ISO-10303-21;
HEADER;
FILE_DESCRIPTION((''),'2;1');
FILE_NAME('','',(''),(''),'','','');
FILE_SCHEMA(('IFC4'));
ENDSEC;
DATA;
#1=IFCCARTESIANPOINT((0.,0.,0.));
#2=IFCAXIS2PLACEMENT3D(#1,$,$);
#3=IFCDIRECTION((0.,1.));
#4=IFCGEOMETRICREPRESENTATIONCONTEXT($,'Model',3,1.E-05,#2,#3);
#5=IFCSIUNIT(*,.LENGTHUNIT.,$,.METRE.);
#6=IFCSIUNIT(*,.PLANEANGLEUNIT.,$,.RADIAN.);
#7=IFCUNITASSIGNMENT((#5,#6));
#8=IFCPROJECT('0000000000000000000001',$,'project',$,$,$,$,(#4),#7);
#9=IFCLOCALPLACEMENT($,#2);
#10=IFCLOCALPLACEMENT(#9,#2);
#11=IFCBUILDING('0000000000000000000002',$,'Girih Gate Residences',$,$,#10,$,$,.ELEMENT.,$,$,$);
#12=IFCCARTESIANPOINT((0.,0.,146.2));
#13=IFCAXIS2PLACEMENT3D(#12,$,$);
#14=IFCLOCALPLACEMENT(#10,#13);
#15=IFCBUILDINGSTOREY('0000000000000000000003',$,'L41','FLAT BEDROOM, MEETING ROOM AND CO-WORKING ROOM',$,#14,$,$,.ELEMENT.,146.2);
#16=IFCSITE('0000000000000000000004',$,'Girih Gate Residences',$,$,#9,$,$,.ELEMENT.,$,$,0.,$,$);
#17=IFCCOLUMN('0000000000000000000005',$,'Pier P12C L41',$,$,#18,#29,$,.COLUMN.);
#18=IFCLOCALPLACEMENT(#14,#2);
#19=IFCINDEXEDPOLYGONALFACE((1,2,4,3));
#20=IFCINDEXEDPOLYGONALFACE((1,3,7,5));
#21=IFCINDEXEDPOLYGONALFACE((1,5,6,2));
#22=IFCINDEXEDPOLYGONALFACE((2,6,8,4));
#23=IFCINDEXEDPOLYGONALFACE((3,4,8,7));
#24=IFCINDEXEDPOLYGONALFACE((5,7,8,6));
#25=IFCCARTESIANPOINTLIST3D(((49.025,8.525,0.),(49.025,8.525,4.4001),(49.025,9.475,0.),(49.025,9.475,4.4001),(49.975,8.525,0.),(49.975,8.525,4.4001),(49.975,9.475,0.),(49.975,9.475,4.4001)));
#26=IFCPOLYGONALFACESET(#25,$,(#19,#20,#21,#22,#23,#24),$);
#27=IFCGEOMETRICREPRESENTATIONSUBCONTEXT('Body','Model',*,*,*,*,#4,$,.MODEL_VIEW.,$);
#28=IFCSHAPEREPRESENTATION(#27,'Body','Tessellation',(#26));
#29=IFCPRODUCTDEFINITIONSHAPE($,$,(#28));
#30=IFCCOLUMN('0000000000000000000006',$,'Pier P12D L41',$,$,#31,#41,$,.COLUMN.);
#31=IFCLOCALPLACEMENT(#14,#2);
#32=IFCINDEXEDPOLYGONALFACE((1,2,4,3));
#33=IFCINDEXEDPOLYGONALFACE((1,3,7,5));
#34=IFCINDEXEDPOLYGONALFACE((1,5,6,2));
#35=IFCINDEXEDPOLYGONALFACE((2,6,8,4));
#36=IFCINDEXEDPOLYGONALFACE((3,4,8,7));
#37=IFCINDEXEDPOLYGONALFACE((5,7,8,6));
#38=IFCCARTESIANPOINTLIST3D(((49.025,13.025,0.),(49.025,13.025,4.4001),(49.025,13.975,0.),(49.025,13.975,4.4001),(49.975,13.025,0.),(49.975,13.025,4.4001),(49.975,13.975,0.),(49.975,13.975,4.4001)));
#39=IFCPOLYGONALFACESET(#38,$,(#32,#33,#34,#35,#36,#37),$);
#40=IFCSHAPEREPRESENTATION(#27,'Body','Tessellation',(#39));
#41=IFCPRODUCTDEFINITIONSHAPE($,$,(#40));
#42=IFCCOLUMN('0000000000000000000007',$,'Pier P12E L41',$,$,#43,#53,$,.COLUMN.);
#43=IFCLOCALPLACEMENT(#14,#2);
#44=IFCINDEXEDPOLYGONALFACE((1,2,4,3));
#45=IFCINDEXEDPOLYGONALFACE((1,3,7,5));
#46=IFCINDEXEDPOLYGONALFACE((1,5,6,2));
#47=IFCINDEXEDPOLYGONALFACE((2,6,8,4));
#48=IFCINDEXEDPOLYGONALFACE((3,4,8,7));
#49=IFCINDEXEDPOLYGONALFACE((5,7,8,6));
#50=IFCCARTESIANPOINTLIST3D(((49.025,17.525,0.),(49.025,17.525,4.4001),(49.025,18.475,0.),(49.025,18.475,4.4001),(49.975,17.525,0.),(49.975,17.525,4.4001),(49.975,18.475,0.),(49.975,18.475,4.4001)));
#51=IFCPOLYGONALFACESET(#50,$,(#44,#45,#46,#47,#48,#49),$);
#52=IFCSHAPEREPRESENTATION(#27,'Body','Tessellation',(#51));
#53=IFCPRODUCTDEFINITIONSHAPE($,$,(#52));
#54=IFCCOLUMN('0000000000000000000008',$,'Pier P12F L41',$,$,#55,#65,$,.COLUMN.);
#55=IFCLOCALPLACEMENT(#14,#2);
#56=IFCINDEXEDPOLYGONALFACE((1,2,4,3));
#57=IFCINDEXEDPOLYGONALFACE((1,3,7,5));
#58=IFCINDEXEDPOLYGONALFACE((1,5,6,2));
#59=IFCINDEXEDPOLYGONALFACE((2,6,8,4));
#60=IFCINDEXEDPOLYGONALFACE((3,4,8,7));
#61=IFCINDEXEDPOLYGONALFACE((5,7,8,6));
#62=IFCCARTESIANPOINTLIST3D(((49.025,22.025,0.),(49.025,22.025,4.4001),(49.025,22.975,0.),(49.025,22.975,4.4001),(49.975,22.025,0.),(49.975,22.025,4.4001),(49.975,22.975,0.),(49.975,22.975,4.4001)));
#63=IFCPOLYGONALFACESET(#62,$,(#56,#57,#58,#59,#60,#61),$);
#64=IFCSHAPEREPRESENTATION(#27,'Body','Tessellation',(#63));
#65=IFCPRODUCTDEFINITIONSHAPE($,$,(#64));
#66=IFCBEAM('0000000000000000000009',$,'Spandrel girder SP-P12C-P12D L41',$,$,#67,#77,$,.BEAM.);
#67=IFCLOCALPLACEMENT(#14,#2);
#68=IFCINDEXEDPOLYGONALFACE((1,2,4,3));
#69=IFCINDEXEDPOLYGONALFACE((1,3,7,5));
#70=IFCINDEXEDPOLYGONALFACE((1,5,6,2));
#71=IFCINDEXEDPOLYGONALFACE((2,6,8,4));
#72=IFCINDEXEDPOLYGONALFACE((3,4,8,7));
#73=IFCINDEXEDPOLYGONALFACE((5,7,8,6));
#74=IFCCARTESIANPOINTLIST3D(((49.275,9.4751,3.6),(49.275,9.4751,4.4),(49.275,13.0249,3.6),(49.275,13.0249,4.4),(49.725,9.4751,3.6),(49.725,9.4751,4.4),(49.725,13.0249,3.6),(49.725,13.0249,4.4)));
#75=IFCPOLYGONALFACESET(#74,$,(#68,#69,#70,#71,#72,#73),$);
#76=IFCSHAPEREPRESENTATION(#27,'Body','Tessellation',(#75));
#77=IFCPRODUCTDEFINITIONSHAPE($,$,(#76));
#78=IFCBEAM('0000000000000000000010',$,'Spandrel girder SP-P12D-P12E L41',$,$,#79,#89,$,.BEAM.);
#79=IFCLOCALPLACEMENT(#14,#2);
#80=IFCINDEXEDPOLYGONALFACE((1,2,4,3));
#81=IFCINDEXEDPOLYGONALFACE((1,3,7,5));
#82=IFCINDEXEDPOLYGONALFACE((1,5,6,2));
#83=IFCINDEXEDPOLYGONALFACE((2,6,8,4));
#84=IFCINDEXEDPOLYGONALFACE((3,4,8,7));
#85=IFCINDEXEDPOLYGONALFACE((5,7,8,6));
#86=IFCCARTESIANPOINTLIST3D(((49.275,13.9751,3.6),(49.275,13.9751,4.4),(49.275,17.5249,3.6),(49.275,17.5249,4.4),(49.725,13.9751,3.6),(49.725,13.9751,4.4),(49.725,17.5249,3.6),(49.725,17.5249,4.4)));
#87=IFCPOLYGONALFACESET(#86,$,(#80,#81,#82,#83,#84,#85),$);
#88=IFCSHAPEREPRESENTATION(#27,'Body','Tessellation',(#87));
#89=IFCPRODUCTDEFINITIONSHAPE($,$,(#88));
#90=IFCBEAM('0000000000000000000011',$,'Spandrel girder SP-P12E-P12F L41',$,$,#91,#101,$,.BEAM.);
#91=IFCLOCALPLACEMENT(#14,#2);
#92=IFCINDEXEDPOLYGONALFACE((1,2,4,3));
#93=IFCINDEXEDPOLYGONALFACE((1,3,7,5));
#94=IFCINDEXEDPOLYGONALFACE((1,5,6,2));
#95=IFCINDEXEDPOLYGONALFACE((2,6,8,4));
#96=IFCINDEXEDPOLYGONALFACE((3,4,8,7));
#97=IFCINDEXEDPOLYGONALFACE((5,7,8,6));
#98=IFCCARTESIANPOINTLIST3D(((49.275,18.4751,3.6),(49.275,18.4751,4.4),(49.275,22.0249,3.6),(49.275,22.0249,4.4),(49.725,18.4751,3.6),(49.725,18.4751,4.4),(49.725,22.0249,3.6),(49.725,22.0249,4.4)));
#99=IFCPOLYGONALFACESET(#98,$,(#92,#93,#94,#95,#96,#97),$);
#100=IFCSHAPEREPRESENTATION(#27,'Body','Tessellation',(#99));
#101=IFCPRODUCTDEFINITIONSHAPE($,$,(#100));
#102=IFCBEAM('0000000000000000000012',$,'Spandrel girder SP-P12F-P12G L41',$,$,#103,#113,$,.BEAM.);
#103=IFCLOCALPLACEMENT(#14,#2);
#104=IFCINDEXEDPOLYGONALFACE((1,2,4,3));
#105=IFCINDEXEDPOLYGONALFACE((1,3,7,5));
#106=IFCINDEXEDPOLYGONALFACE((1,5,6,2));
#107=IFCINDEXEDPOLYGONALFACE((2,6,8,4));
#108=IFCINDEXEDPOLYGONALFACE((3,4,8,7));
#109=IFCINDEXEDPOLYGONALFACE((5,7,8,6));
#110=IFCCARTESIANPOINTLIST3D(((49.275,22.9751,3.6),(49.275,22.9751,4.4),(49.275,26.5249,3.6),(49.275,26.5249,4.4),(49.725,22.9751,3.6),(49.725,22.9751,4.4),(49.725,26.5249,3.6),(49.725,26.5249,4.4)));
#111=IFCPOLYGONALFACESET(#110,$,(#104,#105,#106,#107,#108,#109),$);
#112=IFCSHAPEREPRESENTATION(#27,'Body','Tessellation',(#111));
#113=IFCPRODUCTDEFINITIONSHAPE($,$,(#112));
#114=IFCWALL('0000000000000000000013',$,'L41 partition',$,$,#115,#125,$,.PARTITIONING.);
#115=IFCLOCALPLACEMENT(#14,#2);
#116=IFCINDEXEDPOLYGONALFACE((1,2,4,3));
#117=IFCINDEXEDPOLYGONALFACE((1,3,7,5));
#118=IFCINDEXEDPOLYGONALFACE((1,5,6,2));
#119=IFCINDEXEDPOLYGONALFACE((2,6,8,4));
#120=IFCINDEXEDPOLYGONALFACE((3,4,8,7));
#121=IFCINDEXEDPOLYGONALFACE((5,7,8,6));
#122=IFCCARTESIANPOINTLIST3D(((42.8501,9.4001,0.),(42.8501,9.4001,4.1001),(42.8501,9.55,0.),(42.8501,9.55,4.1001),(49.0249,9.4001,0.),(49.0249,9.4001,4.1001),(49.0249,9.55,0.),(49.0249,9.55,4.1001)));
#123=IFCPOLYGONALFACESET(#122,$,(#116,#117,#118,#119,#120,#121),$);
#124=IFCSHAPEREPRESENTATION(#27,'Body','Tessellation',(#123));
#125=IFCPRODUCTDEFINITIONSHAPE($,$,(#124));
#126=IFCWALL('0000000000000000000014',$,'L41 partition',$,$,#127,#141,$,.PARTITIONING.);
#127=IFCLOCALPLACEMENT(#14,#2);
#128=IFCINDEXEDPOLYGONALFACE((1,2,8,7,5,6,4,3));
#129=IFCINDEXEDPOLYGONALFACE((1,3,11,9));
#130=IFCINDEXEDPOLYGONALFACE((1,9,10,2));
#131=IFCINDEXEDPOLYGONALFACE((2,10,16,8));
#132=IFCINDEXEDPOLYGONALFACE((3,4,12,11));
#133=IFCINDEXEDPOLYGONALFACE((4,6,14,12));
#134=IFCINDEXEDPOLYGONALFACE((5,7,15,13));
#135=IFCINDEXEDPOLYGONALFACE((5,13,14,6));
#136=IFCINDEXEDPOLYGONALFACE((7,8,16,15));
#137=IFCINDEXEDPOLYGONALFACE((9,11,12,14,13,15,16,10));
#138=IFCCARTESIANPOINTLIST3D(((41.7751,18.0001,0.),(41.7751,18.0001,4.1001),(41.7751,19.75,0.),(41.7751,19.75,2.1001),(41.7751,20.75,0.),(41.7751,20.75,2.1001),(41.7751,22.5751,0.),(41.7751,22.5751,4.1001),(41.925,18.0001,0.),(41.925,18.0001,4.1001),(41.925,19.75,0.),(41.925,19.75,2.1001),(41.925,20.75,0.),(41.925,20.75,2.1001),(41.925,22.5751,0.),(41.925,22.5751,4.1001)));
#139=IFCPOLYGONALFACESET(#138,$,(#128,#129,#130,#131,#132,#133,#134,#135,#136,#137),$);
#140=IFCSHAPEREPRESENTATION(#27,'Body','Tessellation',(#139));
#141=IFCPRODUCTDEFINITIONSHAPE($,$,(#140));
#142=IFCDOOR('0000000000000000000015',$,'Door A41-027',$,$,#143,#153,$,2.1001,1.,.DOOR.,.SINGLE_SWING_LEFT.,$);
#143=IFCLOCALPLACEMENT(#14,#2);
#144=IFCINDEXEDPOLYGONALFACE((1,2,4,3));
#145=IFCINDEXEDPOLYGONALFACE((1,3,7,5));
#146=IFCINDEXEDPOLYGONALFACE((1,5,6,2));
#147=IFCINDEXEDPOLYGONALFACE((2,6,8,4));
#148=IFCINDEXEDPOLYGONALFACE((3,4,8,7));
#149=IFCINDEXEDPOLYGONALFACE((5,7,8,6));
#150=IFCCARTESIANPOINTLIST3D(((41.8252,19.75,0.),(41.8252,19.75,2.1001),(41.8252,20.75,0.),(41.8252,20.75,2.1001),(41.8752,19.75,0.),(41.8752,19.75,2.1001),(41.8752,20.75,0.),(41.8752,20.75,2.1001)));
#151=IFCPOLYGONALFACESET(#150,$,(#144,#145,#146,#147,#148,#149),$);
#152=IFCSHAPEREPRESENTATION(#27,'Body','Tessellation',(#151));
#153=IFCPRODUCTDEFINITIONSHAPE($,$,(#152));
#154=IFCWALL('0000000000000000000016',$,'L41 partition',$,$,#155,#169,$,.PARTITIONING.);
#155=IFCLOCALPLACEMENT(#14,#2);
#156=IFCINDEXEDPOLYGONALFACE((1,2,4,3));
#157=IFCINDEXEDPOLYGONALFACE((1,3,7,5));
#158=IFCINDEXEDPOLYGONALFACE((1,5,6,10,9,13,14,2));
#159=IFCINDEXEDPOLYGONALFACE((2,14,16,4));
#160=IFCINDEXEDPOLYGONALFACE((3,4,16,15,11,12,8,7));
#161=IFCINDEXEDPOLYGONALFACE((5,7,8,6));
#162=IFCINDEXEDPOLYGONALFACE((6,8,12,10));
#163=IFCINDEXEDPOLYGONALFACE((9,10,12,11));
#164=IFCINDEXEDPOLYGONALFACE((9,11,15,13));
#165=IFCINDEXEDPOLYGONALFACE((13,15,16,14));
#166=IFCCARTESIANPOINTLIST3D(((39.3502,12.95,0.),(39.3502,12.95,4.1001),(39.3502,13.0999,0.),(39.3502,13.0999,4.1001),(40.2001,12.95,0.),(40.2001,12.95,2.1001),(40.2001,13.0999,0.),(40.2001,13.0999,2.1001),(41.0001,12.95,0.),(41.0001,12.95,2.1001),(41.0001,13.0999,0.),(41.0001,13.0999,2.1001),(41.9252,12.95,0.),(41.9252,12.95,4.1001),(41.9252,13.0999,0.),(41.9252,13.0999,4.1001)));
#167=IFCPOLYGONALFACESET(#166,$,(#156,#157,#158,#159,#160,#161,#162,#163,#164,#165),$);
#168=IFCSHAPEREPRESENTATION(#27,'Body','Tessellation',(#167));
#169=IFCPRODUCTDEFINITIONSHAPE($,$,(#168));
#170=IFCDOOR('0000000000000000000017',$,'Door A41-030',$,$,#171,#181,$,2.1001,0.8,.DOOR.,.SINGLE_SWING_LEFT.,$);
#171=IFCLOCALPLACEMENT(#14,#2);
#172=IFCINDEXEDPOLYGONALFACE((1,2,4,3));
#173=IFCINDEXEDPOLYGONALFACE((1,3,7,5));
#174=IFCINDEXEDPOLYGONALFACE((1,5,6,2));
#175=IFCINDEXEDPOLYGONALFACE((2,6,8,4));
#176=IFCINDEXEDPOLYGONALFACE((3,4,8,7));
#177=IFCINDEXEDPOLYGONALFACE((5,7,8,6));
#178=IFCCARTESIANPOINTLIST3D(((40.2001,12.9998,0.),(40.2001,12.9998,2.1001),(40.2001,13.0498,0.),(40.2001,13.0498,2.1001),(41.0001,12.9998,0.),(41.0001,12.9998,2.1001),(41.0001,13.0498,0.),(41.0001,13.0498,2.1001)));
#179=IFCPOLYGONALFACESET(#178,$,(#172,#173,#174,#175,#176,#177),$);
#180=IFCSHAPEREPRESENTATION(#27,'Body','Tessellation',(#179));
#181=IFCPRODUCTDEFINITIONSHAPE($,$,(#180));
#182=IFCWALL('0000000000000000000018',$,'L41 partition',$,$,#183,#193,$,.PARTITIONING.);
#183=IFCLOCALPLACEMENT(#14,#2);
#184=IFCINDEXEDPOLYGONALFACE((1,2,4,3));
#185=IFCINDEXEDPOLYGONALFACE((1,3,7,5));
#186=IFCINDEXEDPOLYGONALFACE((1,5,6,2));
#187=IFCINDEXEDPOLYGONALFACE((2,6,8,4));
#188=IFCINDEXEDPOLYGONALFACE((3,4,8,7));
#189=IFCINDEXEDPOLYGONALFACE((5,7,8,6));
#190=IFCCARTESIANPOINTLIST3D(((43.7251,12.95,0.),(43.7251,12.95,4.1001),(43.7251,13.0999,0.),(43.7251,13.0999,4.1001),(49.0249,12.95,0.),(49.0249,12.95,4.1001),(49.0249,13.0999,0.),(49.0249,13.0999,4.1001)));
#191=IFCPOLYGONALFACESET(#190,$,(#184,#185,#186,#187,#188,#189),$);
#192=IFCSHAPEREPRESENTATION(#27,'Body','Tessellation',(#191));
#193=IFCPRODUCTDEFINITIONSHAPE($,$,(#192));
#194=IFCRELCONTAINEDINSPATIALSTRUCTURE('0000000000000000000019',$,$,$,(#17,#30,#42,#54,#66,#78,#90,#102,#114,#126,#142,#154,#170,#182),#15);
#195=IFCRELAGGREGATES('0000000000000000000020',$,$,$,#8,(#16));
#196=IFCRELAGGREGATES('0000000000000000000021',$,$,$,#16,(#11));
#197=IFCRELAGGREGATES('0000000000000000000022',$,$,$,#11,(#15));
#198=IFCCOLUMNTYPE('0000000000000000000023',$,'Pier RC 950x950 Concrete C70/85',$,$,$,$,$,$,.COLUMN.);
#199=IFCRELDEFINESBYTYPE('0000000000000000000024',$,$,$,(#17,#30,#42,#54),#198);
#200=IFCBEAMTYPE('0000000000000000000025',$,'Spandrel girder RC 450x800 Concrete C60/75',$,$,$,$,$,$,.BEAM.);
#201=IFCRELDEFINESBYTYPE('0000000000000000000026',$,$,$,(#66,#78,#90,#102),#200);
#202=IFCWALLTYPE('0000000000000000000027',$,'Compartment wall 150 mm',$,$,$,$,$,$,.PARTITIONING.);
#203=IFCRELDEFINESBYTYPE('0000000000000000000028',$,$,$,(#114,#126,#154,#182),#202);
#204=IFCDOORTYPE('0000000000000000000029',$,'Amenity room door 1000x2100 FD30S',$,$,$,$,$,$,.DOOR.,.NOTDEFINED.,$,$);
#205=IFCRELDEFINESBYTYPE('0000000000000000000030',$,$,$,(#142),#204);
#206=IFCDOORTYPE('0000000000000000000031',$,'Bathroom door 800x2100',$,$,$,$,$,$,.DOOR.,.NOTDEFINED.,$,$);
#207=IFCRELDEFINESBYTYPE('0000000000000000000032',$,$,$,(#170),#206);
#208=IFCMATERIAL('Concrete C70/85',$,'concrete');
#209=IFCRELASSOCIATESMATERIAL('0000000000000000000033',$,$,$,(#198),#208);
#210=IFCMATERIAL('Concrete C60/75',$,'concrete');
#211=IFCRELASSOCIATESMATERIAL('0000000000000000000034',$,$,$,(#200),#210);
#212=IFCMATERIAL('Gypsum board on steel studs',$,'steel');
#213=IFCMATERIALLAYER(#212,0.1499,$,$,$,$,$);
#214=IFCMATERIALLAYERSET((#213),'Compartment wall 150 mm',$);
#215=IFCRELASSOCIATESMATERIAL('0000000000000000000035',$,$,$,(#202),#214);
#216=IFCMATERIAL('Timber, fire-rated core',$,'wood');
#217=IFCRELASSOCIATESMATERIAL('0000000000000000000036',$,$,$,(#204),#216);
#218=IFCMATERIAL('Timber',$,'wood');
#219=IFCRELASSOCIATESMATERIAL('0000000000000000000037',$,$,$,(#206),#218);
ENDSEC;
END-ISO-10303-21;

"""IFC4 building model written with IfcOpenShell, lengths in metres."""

from ifc_helpers import new_model, si_unit, direction, frame, frame_2d, origin, origin_2d, place, context, subcontext, project, spatial, rectangle, extrude, material, layer, layer_set, material_profile, profile_set, type_object, element, fill, save


model = new_model("IFC4")

# Units and contexts
model_context = context("Model", 3, precision=1e-05, world=origin(), true_north=direction((0.0, 1.0)))
body_context = subcontext(model_context, "Body", "Model", "MODEL_VIEW")
ifc_project = project(units=[si_unit("LENGTHUNIT", "METRE"), si_unit("PLANEANGLEUNIT", "RADIAN")], contexts=[model_context])

# Site, building, storey
site_placement = place(None, origin())
site = spatial("IfcSite", under=ifc_project, at=site_placement, Name="Girih Gate Residences", CompositionType="ELEMENT", RefElevation=0.0)
building_placement = place(site_placement, origin())
building = spatial("IfcBuilding", under=site, at=building_placement, Name="Girih Gate Residences", CompositionType="ELEMENT")
storey_placement = place(building_placement, frame((0.0, 0.0, 146.2)))
storey = spatial("IfcBuildingStorey", under=building, at=storey_placement, Name="L41", Description="FLAT BEDROOM, MEETING ROOM AND CO-WORKING ROOM", CompositionType="ELEMENT", Elevation=146.2)

# Columns
ifc_material_1 = material(Name="Concrete C70/85", Category="concrete")
ifc_material_profile_1 = material_profile(ifc_material_1, rectangle(XDim=0.95, YDim=0.95, at=origin_2d()))
ifc_profile_set_1 = profile_set([ifc_material_profile_1], Name="Concrete C70/85")
column_type = type_object("IfcColumnType", Name="Pier RC 950x950 Concrete C70/85", PredefinedType="COLUMN", material=ifc_profile_set_1)
for number, where, z_axis, x_axis, name in (
    (1, (49.5, 9.0, 0.0), (0.0, 0.0, 1.0), (1.0, 0.0, 0.0), "Pier P12C L41"),
    (2, (49.5, 13.5, 0.0), (0.0, 0.0, 1.0), (1.0, 0.0, 0.0), "Pier P12D L41"),
    (3, (49.5, 18.0, 0.0), (0.0, 0.0, 1.0), (1.0, 0.0, 0.0), "Pier P12E L41"),
    (4, (49.5, 22.5, 0.0), (0.0, 0.0, 1.0), (1.0, 0.0, 0.0), "Pier P12F L41"),
):
    element("IfcColumn", number, at=place(storey_placement, frame(where, z_axis=z_axis, x_axis=x_axis)), inside=storey, type_object=column_type, Name=name, PredefinedType="COLUMN", context=body_context, shape_type="SweptSolid", body=[
        extrude(rectangle(XDim=0.95, YDim=0.95, at=origin_2d()), origin(), (0.0, 0.0, 1.0), 4.4001),
    ])

# Beams
ifc_material_2 = material(Name="Concrete C60/75", Category="concrete")
ifc_material_profile_2 = material_profile(ifc_material_2, rectangle(XDim=0.45, YDim=0.8, at=origin_2d()))
ifc_profile_set_2 = profile_set([ifc_material_profile_2], Name="Concrete C60/75")
beam_type = type_object("IfcBeamType", Name="Spandrel girder RC 450x800 Concrete C60/75", PredefinedType="BEAM", material=ifc_profile_set_2)
for number, where, z_axis, x_axis, name in (
    (5, (49.5, 9.4751, 4.0), (0.0, 1.0, 0.0), (-1.0, 0.0, 0.0), "Spandrel girder SP-P12C-P12D L41"),
    (6, (49.5, 13.9751, 4.0), (0.0, 1.0, 0.0), (-1.0, 0.0, 0.0), "Spandrel girder SP-P12D-P12E L41"),
    (7, (49.5, 18.4751, 4.0), (0.0, 1.0, 0.0), (-1.0, 0.0, 0.0), "Spandrel girder SP-P12E-P12F L41"),
    (8, (49.5, 22.9751, 4.0), (0.0, 1.0, 0.0), (-1.0, 0.0, 0.0), "Spandrel girder SP-P12F-P12G L41"),
):
    element("IfcBeam", number, at=place(storey_placement, frame(where, z_axis=z_axis, x_axis=x_axis)), inside=storey, type_object=beam_type, Name=name, PredefinedType="BEAM", context=body_context, shape_type="SweptSolid", body=[
        extrude(rectangle(XDim=0.45, YDim=0.8, at=origin_2d()), origin(), (0.0, 0.0, 1.0), 3.5498),
    ])

# Wall
ifc_material_3 = material(Name="Gypsum board on steel studs", Category="steel")
ifc_layer_1 = layer(ifc_material_3, 0.1499)
ifc_layer_set_1 = layer_set([ifc_layer_1], Name="Compartment wall 150 mm")
wall_type_1 = type_object("IfcWallType", Name="Compartment wall 150 mm", PredefinedType="PARTITIONING", material=ifc_layer_set_1)
wall_1_placement = place(storey_placement, frame((42.8501, 9.4751, 0.0), z_axis=(0.0, 0.0, 1.0), x_axis=(1.0, 0.0, 0.0)))
element("IfcWall", 9, at=wall_1_placement, inside=storey, type_object=wall_type_1, Name="L41 partition", PredefinedType="PARTITIONING", context=body_context, shape_type="SweptSolid", body=[
    extrude(rectangle(XDim=6.1748, YDim=0.1499, at=frame_2d((3.0874, 0.0))), origin(), (0.0, 0.0, 1.0), 4.1001),
])

# Walls, openings, doors
ifc_material_4 = material(Name="Timber, fire-rated core", Category="wood")
wall_2_placement = place(storey_placement, frame((41.8501, 18.0, 0.0), z_axis=(0.0, 0.0, 1.0), x_axis=(0.0, 1.0, 0.0)))
wall_2 = element("IfcWall", 10, at=wall_2_placement, inside=storey, type_object=wall_type_1, Name="L41 partition", PredefinedType="PARTITIONING", context=body_context, shape_type="SweptSolid", body=[
    extrude(rectangle(XDim=4.575, YDim=0.1499, at=frame_2d((2.2876, 0.0))), origin(), (0.0, 0.0, 1.0), 4.1001),
])
opening_1_placement = place(wall_2_placement, frame((1.75, 0.0, 0.0)))
opening_1 = element("IfcOpeningElement", 11, at=opening_1_placement, cuts=wall_2, PredefinedType="OPENING", context=body_context, shape_type="SweptSolid", body=[
    extrude(rectangle(XDim=1.0, YDim=2.1001, at=frame_2d((0.5, 1.05))), frame((0.0, 0.085, 0.0), z_axis=(0.0, -1.0, 0.0), x_axis=(1.0, 0.0, 0.0)), (0.0, 0.0, 1.0), 0.1699),
])
door_type_1 = type_object("IfcDoorType", Name="Amenity room door 1000x2100 FD30S", OperationType="NOTDEFINED", PredefinedType="DOOR", material=ifc_material_4)
door_1_placement = place(opening_1_placement, origin())
door_1 = element("IfcDoor", 12, at=door_1_placement, inside=storey, type_object=door_type_1, Name="Door A41-027", OperationType="SINGLE_SWING_LEFT", OverallHeight=2.1001, OverallWidth=1.0, PredefinedType="DOOR", context=body_context, shape_type="SweptSolid", body=[
    extrude(rectangle(XDim=1.0, YDim=2.1001, at=frame_2d((0.5, 1.05))), frame((0.0, 0.0249, 0.0), z_axis=(0.0, -1.0, 0.0), x_axis=(1.0, 0.0, 0.0)), (0.0, 0.0, 1.0), 0.05),
])
fill(opening_1, door_1)
wall_3_placement = place(storey_placement, frame((39.3501, 13.0249, 0.0), z_axis=(0.0, 0.0, 1.0), x_axis=(1.0, 0.0, 0.0)))
wall_3 = element("IfcWall", 13, at=wall_3_placement, inside=storey, type_object=wall_type_1, Name="L41 partition", PredefinedType="PARTITIONING", context=body_context, shape_type="SweptSolid", body=[
    extrude(rectangle(XDim=2.575, YDim=0.1499, at=frame_2d((1.2876, 0.0))), origin(), (0.0, 0.0, 1.0), 4.1001),
])
opening_2_placement = place(wall_3_placement, frame((0.8501, 0.0, 0.0)))
opening_2 = element("IfcOpeningElement", 14, at=opening_2_placement, cuts=wall_3, PredefinedType="OPENING", context=body_context, shape_type="SweptSolid", body=[
    extrude(rectangle(XDim=0.8, YDim=2.1001, at=frame_2d((0.3999, 1.05))), frame((0.0, 0.085, 0.0), z_axis=(0.0, -1.0, 0.0), x_axis=(1.0, 0.0, 0.0)), (0.0, 0.0, 1.0), 0.1699),
])
ifc_material_5 = material(Name="Timber", Category="wood")
door_type_2 = type_object("IfcDoorType", Name="Bathroom door 800x2100", OperationType="NOTDEFINED", PredefinedType="DOOR", material=ifc_material_5)
door_2_placement = place(opening_2_placement, origin())
door_2 = element("IfcDoor", 15, at=door_2_placement, inside=storey, type_object=door_type_2, Name="Door A41-030", OperationType="SINGLE_SWING_LEFT", OverallHeight=2.1001, OverallWidth=0.8, PredefinedType="DOOR", context=body_context, shape_type="SweptSolid", body=[
    extrude(rectangle(XDim=0.8, YDim=2.1001, at=frame_2d((0.3999, 1.05))), frame((0.0, 0.0249, 0.0), z_axis=(0.0, -1.0, 0.0), x_axis=(1.0, 0.0, 0.0)), (0.0, 0.0, 1.0), 0.05),
])
fill(opening_2, door_2)

# Wall
for number, where, z_axis, x_axis, name in (
    (16, (43.7251, 13.0249, 0.0), (0.0, 0.0, 1.0), (1.0, 0.0, 0.0), "L41 partition"),
):
    element("IfcWall", number, at=place(storey_placement, frame(where, z_axis=z_axis, x_axis=x_axis)), inside=storey, type_object=wall_type_1, Name=name, PredefinedType="PARTITIONING", context=body_context, shape_type="SweptSolid", body=[
        extrude(rectangle(XDim=5.2998, YDim=0.1499, at=frame_2d((2.6499, 0.0))), origin(), (0.0, 0.0, 1.0), 4.1001),
    ])

save(model, "model.ifc")
